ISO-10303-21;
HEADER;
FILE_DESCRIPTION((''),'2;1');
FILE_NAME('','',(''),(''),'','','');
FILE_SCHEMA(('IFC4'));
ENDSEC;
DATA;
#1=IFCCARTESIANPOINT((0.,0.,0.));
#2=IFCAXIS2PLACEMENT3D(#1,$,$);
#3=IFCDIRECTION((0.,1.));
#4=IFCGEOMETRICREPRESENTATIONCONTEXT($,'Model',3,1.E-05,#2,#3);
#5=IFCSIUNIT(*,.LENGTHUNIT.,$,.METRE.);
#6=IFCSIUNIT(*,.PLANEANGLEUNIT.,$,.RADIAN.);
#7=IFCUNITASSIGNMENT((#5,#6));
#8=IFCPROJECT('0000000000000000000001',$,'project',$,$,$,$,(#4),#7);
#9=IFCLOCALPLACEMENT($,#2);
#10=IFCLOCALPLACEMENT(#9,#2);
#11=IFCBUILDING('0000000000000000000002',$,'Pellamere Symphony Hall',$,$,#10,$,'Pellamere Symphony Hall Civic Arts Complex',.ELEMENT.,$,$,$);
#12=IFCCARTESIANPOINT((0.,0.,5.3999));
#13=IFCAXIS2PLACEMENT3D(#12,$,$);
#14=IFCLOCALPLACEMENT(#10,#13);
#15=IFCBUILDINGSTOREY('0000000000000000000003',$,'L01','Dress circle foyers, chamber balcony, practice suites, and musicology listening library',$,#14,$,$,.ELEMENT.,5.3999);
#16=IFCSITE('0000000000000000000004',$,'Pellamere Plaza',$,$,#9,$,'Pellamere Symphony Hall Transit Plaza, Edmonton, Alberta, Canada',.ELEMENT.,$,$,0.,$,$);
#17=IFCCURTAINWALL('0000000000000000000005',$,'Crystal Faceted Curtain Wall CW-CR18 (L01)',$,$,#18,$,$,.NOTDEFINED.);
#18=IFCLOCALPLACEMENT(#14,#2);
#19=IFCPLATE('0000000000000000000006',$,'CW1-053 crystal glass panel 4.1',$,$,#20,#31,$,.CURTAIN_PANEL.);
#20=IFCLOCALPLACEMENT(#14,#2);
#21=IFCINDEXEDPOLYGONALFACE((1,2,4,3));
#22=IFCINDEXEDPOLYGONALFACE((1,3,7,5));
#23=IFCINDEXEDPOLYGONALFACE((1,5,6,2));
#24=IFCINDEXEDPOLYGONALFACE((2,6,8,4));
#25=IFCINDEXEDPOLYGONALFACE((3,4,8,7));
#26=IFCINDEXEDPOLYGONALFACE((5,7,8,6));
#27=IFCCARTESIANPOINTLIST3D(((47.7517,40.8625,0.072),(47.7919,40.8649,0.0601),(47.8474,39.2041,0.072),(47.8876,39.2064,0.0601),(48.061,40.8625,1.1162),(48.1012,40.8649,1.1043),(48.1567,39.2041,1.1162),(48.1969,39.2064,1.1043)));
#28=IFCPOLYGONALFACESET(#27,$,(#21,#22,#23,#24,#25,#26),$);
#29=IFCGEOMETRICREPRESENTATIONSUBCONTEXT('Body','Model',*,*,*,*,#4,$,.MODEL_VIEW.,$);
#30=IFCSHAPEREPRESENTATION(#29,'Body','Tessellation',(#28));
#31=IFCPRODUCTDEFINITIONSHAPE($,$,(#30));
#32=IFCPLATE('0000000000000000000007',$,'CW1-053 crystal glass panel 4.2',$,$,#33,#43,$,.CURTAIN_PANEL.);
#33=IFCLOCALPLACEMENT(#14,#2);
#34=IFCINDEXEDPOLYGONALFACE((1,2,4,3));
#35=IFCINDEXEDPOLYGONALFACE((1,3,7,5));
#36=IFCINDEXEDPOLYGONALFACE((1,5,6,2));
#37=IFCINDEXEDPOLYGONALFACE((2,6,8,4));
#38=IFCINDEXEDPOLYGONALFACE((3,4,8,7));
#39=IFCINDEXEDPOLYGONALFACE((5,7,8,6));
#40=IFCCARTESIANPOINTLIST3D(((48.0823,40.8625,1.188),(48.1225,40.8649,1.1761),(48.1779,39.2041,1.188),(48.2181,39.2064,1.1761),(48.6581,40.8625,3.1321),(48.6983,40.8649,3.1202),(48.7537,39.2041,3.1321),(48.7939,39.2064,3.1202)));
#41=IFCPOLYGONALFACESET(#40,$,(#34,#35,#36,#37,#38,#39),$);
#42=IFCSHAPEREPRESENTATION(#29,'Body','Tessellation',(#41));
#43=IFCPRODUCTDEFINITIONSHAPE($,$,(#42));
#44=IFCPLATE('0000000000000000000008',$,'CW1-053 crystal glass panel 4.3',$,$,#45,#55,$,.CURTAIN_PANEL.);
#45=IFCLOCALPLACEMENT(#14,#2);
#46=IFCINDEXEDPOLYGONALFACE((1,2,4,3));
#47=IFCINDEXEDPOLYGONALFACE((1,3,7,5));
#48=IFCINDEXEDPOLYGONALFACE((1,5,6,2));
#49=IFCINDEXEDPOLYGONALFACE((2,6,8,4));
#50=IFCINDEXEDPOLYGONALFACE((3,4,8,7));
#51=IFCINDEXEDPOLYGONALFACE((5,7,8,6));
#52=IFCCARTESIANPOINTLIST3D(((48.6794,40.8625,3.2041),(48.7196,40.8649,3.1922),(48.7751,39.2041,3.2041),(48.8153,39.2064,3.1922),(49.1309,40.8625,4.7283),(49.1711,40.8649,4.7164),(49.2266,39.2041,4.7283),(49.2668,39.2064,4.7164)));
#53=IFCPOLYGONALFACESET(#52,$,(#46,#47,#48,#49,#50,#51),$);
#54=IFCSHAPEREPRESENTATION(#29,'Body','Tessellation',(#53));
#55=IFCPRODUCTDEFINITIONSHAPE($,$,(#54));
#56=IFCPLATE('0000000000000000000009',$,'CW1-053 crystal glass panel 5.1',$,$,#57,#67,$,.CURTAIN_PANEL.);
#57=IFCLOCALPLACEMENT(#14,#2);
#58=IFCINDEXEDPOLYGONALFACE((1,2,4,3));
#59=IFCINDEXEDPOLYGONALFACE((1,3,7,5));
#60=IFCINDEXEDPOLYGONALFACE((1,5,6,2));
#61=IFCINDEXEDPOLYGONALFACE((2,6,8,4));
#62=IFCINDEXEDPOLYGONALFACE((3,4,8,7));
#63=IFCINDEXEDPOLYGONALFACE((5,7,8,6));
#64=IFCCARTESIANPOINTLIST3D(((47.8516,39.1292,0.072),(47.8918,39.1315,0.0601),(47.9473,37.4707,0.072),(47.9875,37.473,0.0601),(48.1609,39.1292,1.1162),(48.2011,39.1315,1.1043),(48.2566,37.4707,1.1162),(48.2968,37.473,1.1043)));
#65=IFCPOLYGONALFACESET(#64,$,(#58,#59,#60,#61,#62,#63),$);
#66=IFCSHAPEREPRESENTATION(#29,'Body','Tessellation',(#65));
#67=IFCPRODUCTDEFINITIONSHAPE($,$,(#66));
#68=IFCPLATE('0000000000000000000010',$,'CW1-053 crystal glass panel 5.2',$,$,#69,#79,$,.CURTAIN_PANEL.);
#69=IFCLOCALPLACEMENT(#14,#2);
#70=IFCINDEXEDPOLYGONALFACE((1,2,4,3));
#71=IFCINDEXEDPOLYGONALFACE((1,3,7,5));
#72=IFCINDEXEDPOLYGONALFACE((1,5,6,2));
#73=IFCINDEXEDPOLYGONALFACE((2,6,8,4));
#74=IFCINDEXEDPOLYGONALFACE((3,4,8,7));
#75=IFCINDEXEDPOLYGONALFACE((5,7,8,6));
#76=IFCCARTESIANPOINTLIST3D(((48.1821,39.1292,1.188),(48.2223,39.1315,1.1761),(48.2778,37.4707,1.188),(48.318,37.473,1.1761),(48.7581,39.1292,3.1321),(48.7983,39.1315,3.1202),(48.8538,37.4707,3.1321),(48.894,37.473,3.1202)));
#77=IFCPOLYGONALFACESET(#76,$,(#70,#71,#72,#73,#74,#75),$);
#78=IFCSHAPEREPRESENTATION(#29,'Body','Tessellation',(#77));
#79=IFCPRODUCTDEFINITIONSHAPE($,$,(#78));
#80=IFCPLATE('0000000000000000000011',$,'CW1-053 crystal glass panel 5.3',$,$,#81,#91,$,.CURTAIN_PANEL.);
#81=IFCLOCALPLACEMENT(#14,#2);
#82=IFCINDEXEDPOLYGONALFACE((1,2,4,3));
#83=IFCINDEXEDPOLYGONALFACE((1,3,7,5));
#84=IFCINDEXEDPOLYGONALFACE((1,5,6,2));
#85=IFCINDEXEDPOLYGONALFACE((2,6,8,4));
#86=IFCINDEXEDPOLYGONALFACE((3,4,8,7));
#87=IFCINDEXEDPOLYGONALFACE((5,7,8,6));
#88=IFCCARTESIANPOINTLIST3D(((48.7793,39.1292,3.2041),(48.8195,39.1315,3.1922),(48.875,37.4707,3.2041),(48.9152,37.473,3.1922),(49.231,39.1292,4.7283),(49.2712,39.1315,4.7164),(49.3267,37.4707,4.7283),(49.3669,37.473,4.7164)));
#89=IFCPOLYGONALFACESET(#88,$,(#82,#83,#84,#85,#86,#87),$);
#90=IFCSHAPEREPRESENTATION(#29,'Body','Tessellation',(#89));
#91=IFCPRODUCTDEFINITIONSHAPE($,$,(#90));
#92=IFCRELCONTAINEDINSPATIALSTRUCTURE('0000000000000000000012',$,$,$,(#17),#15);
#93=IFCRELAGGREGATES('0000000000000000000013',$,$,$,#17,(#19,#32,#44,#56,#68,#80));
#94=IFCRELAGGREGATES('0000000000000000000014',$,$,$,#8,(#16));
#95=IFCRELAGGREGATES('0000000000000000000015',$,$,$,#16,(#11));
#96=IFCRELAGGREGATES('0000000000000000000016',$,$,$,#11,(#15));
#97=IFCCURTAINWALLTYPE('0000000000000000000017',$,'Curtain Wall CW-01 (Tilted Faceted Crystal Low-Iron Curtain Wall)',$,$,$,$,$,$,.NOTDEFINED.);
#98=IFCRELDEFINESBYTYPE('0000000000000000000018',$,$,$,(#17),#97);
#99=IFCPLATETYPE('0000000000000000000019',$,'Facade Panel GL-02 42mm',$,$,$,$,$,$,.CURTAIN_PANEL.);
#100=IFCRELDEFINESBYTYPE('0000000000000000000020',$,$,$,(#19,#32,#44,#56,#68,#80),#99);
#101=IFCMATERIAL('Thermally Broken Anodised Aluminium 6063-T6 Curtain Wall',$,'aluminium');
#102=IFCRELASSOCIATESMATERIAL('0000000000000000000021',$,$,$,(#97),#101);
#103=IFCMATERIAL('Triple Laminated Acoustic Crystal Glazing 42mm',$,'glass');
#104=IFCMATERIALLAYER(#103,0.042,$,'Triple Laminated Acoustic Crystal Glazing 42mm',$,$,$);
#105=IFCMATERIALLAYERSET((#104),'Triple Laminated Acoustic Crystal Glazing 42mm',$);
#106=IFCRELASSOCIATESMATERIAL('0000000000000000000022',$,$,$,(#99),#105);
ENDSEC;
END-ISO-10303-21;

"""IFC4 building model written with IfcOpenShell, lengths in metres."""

from ifc_helpers import new_model, si_unit, direction, frame, origin, place, context, subcontext, project, spatial, polyline, outline, extrude, material, layer, layer_set, type_object, element, aggregate, save


model = new_model("IFC4")

# Units and contexts
model_context = context("Model", 3, precision=1e-05, world=origin(), true_north=direction((0.0, 1.0)))
body_context = subcontext(model_context, "Body", "Model", "MODEL_VIEW")
ifc_project = project(units=[si_unit("LENGTHUNIT", "METRE"), si_unit("PLANEANGLEUNIT", "RADIAN")], contexts=[model_context])

# Site, building, storey
site_placement = place(None, origin())
site = spatial("IfcSite", under=ifc_project, at=site_placement, Name="Pellamere Plaza", LongName="Pellamere Symphony Hall Transit Plaza, Edmonton, Alberta, Canada", CompositionType="ELEMENT", RefElevation=0.0)
building_placement = place(site_placement, origin())
building = spatial("IfcBuilding", under=site, at=building_placement, Name="Pellamere Symphony Hall", LongName="Pellamere Symphony Hall Civic Arts Complex", CompositionType="ELEMENT")
storey_placement = place(building_placement, frame((0.0, 0.0, 5.3999)))
storey = spatial("IfcBuildingStorey", under=building, at=storey_placement, Name="L01", Description="Dress circle foyers, chamber balcony, practice suites, and musicology listening library", CompositionType="ELEMENT", Elevation=5.3999)

# Curtain wall
ifc_material_1 = material(Name="Thermally Broken Anodised Aluminium 6063-T6 Curtain Wall", Category="aluminium")
curtain_wall_type_1 = type_object("IfcCurtainWallType", Name="Curtain Wall CW-01 (Tilted Faceted Crystal Low-Iron Curtain Wall)", PredefinedType="NOTDEFINED", material=ifc_material_1)
curtain_wall_1_placement = place(storey_placement, origin())
curtain_wall_1 = element("IfcCurtainWall", 1, at=curtain_wall_1_placement, inside=storey, type_object=curtain_wall_type_1, Name="Crystal Faceted Curtain Wall CW-CR18 (L01)", PredefinedType="NOTDEFINED")

# Plates
ifc_material_2 = material(Name="Triple Laminated Acoustic Crystal Glazing 42mm", Category="glass")
ifc_layer_1 = layer(ifc_material_2, 0.042, Name="Triple Laminated Acoustic Crystal Glazing 42mm")
ifc_layer_set_1 = layer_set([ifc_layer_1], Name="Triple Laminated Acoustic Crystal Glazing 42mm")
plate_type_1 = type_object("IfcPlateType", Name="Facade Panel GL-02 42mm", PredefinedType="CURTAIN_PANEL", material=ifc_layer_set_1)
plate_1_placement = place(storey_placement, frame((47.7517, 40.8625, 0.072), z_axis=(-0.95735, -0.055245, 0.283601), x_axis=(0.057611, -0.998339, 0.0)))
plate_1 = element("IfcPlate", 2, at=plate_1_placement, type_object=plate_type_1, Name="CW1-053 crystal glass panel 4.1", PredefinedType="CURTAIN_PANEL", context=body_context, shape_type="SweptSolid", body=[
    extrude(outline(polyline([(0.0, 0.0), (1.6612, 0.0), (1.679, 1.0889), (0.0178, 1.0889), (0.0, 0.0)])), origin(), (0.0, 0.0, -1.0), 0.042),
])
plate_2_placement = place(storey_placement, frame((48.0823, 40.8625, 1.188), z_axis=(-0.957367, -0.055176, 0.283555), x_axis=(0.057543, -0.998343, 0.00002)))
plate_2 = element("IfcPlate", 3, at=plate_2_placement, type_object=plate_type_1, Name="CW1-053 crystal glass panel 4.2", PredefinedType="CURTAIN_PANEL", context=body_context, shape_type="SweptSolid", body=[
    extrude(outline(polyline([(0.0, 0.0), (1.6612, 0.0), (1.6944, 2.0273), (0.0332, 2.0273), (0.0, 0.0)])), origin(), (0.0, 0.0, -1.0), 0.042),
])
plate_3_placement = place(storey_placement, frame((48.6794, 40.8625, 3.2041), z_axis=(-0.957366, -0.055246, 0.283545), x_axis=(0.057611, -0.998339, 0.0)))
plate_3 = element("IfcPlate", 4, at=plate_3_placement, type_object=plate_type_1, Name="CW1-053 crystal glass panel 4.3", PredefinedType="CURTAIN_PANEL", context=body_context, shape_type="SweptSolid", body=[
    extrude(outline(polyline([(0.0, 0.0), (1.6612, 0.0), (1.6872, 1.5894), (0.026, 1.5894), (0.0, 0.0)])), origin(), (0.0, 0.0, -1.0), 0.042),
])
plate_4_placement = place(storey_placement, frame((47.8516, 39.1292, 0.072), z_axis=(-0.95735, -0.055245, 0.283601), x_axis=(0.057611, -0.998339, 0.0)))
plate_4 = element("IfcPlate", 5, at=plate_4_placement, type_object=plate_type_1, Name="CW1-053 crystal glass panel 5.1", PredefinedType="CURTAIN_PANEL", context=body_context, shape_type="SweptSolid", body=[
    extrude(outline(polyline([(0.0, 0.0), (1.6612, 0.0), (1.679, 1.0889), (0.0178, 1.0889), (0.0, 0.0)])), origin(), (0.0, 0.0, -1.0), 0.042),
])
plate_5_placement = place(storey_placement, frame((48.1821, 39.1292, 1.188), z_axis=(-0.957347, -0.055245, 0.283609), x_axis=(0.057611, -0.998339, 0.0)))
plate_5 = element("IfcPlate", 6, at=plate_5_placement, type_object=plate_type_1, Name="CW1-053 crystal glass panel 5.2", PredefinedType="CURTAIN_PANEL", context=body_context, shape_type="SweptSolid", body=[
    extrude(outline(polyline([(0.0, 0.0), (1.6612, 0.0), (1.6944, 2.0273), (0.0332, 2.0273), (0.0, 0.0)])), origin(), (0.0, 0.0, -1.0), 0.042),
])
plate_6_placement = place(storey_placement, frame((48.7793, 39.1292, 3.2041), z_axis=(-0.957325, -0.055244, 0.283686), x_axis=(0.057611, -0.998339, 0.0)))
plate_6 = element("IfcPlate", 7, at=plate_6_placement, type_object=plate_type_1, Name="CW1-053 crystal glass panel 5.3", PredefinedType="CURTAIN_PANEL", context=body_context, shape_type="SweptSolid", body=[
    extrude(outline(polyline([(0.0, 0.0), (1.6612, 0.0), (1.6872, 1.5895), (0.026, 1.5895), (0.0, 0.0)])), origin(), (0.0, 0.0, -1.0), 0.042),
])
aggregate(curtain_wall_1, [plate_1, plate_2, plate_3, plate_4, plate_5, plate_6])

save(model, "model.ifc")
